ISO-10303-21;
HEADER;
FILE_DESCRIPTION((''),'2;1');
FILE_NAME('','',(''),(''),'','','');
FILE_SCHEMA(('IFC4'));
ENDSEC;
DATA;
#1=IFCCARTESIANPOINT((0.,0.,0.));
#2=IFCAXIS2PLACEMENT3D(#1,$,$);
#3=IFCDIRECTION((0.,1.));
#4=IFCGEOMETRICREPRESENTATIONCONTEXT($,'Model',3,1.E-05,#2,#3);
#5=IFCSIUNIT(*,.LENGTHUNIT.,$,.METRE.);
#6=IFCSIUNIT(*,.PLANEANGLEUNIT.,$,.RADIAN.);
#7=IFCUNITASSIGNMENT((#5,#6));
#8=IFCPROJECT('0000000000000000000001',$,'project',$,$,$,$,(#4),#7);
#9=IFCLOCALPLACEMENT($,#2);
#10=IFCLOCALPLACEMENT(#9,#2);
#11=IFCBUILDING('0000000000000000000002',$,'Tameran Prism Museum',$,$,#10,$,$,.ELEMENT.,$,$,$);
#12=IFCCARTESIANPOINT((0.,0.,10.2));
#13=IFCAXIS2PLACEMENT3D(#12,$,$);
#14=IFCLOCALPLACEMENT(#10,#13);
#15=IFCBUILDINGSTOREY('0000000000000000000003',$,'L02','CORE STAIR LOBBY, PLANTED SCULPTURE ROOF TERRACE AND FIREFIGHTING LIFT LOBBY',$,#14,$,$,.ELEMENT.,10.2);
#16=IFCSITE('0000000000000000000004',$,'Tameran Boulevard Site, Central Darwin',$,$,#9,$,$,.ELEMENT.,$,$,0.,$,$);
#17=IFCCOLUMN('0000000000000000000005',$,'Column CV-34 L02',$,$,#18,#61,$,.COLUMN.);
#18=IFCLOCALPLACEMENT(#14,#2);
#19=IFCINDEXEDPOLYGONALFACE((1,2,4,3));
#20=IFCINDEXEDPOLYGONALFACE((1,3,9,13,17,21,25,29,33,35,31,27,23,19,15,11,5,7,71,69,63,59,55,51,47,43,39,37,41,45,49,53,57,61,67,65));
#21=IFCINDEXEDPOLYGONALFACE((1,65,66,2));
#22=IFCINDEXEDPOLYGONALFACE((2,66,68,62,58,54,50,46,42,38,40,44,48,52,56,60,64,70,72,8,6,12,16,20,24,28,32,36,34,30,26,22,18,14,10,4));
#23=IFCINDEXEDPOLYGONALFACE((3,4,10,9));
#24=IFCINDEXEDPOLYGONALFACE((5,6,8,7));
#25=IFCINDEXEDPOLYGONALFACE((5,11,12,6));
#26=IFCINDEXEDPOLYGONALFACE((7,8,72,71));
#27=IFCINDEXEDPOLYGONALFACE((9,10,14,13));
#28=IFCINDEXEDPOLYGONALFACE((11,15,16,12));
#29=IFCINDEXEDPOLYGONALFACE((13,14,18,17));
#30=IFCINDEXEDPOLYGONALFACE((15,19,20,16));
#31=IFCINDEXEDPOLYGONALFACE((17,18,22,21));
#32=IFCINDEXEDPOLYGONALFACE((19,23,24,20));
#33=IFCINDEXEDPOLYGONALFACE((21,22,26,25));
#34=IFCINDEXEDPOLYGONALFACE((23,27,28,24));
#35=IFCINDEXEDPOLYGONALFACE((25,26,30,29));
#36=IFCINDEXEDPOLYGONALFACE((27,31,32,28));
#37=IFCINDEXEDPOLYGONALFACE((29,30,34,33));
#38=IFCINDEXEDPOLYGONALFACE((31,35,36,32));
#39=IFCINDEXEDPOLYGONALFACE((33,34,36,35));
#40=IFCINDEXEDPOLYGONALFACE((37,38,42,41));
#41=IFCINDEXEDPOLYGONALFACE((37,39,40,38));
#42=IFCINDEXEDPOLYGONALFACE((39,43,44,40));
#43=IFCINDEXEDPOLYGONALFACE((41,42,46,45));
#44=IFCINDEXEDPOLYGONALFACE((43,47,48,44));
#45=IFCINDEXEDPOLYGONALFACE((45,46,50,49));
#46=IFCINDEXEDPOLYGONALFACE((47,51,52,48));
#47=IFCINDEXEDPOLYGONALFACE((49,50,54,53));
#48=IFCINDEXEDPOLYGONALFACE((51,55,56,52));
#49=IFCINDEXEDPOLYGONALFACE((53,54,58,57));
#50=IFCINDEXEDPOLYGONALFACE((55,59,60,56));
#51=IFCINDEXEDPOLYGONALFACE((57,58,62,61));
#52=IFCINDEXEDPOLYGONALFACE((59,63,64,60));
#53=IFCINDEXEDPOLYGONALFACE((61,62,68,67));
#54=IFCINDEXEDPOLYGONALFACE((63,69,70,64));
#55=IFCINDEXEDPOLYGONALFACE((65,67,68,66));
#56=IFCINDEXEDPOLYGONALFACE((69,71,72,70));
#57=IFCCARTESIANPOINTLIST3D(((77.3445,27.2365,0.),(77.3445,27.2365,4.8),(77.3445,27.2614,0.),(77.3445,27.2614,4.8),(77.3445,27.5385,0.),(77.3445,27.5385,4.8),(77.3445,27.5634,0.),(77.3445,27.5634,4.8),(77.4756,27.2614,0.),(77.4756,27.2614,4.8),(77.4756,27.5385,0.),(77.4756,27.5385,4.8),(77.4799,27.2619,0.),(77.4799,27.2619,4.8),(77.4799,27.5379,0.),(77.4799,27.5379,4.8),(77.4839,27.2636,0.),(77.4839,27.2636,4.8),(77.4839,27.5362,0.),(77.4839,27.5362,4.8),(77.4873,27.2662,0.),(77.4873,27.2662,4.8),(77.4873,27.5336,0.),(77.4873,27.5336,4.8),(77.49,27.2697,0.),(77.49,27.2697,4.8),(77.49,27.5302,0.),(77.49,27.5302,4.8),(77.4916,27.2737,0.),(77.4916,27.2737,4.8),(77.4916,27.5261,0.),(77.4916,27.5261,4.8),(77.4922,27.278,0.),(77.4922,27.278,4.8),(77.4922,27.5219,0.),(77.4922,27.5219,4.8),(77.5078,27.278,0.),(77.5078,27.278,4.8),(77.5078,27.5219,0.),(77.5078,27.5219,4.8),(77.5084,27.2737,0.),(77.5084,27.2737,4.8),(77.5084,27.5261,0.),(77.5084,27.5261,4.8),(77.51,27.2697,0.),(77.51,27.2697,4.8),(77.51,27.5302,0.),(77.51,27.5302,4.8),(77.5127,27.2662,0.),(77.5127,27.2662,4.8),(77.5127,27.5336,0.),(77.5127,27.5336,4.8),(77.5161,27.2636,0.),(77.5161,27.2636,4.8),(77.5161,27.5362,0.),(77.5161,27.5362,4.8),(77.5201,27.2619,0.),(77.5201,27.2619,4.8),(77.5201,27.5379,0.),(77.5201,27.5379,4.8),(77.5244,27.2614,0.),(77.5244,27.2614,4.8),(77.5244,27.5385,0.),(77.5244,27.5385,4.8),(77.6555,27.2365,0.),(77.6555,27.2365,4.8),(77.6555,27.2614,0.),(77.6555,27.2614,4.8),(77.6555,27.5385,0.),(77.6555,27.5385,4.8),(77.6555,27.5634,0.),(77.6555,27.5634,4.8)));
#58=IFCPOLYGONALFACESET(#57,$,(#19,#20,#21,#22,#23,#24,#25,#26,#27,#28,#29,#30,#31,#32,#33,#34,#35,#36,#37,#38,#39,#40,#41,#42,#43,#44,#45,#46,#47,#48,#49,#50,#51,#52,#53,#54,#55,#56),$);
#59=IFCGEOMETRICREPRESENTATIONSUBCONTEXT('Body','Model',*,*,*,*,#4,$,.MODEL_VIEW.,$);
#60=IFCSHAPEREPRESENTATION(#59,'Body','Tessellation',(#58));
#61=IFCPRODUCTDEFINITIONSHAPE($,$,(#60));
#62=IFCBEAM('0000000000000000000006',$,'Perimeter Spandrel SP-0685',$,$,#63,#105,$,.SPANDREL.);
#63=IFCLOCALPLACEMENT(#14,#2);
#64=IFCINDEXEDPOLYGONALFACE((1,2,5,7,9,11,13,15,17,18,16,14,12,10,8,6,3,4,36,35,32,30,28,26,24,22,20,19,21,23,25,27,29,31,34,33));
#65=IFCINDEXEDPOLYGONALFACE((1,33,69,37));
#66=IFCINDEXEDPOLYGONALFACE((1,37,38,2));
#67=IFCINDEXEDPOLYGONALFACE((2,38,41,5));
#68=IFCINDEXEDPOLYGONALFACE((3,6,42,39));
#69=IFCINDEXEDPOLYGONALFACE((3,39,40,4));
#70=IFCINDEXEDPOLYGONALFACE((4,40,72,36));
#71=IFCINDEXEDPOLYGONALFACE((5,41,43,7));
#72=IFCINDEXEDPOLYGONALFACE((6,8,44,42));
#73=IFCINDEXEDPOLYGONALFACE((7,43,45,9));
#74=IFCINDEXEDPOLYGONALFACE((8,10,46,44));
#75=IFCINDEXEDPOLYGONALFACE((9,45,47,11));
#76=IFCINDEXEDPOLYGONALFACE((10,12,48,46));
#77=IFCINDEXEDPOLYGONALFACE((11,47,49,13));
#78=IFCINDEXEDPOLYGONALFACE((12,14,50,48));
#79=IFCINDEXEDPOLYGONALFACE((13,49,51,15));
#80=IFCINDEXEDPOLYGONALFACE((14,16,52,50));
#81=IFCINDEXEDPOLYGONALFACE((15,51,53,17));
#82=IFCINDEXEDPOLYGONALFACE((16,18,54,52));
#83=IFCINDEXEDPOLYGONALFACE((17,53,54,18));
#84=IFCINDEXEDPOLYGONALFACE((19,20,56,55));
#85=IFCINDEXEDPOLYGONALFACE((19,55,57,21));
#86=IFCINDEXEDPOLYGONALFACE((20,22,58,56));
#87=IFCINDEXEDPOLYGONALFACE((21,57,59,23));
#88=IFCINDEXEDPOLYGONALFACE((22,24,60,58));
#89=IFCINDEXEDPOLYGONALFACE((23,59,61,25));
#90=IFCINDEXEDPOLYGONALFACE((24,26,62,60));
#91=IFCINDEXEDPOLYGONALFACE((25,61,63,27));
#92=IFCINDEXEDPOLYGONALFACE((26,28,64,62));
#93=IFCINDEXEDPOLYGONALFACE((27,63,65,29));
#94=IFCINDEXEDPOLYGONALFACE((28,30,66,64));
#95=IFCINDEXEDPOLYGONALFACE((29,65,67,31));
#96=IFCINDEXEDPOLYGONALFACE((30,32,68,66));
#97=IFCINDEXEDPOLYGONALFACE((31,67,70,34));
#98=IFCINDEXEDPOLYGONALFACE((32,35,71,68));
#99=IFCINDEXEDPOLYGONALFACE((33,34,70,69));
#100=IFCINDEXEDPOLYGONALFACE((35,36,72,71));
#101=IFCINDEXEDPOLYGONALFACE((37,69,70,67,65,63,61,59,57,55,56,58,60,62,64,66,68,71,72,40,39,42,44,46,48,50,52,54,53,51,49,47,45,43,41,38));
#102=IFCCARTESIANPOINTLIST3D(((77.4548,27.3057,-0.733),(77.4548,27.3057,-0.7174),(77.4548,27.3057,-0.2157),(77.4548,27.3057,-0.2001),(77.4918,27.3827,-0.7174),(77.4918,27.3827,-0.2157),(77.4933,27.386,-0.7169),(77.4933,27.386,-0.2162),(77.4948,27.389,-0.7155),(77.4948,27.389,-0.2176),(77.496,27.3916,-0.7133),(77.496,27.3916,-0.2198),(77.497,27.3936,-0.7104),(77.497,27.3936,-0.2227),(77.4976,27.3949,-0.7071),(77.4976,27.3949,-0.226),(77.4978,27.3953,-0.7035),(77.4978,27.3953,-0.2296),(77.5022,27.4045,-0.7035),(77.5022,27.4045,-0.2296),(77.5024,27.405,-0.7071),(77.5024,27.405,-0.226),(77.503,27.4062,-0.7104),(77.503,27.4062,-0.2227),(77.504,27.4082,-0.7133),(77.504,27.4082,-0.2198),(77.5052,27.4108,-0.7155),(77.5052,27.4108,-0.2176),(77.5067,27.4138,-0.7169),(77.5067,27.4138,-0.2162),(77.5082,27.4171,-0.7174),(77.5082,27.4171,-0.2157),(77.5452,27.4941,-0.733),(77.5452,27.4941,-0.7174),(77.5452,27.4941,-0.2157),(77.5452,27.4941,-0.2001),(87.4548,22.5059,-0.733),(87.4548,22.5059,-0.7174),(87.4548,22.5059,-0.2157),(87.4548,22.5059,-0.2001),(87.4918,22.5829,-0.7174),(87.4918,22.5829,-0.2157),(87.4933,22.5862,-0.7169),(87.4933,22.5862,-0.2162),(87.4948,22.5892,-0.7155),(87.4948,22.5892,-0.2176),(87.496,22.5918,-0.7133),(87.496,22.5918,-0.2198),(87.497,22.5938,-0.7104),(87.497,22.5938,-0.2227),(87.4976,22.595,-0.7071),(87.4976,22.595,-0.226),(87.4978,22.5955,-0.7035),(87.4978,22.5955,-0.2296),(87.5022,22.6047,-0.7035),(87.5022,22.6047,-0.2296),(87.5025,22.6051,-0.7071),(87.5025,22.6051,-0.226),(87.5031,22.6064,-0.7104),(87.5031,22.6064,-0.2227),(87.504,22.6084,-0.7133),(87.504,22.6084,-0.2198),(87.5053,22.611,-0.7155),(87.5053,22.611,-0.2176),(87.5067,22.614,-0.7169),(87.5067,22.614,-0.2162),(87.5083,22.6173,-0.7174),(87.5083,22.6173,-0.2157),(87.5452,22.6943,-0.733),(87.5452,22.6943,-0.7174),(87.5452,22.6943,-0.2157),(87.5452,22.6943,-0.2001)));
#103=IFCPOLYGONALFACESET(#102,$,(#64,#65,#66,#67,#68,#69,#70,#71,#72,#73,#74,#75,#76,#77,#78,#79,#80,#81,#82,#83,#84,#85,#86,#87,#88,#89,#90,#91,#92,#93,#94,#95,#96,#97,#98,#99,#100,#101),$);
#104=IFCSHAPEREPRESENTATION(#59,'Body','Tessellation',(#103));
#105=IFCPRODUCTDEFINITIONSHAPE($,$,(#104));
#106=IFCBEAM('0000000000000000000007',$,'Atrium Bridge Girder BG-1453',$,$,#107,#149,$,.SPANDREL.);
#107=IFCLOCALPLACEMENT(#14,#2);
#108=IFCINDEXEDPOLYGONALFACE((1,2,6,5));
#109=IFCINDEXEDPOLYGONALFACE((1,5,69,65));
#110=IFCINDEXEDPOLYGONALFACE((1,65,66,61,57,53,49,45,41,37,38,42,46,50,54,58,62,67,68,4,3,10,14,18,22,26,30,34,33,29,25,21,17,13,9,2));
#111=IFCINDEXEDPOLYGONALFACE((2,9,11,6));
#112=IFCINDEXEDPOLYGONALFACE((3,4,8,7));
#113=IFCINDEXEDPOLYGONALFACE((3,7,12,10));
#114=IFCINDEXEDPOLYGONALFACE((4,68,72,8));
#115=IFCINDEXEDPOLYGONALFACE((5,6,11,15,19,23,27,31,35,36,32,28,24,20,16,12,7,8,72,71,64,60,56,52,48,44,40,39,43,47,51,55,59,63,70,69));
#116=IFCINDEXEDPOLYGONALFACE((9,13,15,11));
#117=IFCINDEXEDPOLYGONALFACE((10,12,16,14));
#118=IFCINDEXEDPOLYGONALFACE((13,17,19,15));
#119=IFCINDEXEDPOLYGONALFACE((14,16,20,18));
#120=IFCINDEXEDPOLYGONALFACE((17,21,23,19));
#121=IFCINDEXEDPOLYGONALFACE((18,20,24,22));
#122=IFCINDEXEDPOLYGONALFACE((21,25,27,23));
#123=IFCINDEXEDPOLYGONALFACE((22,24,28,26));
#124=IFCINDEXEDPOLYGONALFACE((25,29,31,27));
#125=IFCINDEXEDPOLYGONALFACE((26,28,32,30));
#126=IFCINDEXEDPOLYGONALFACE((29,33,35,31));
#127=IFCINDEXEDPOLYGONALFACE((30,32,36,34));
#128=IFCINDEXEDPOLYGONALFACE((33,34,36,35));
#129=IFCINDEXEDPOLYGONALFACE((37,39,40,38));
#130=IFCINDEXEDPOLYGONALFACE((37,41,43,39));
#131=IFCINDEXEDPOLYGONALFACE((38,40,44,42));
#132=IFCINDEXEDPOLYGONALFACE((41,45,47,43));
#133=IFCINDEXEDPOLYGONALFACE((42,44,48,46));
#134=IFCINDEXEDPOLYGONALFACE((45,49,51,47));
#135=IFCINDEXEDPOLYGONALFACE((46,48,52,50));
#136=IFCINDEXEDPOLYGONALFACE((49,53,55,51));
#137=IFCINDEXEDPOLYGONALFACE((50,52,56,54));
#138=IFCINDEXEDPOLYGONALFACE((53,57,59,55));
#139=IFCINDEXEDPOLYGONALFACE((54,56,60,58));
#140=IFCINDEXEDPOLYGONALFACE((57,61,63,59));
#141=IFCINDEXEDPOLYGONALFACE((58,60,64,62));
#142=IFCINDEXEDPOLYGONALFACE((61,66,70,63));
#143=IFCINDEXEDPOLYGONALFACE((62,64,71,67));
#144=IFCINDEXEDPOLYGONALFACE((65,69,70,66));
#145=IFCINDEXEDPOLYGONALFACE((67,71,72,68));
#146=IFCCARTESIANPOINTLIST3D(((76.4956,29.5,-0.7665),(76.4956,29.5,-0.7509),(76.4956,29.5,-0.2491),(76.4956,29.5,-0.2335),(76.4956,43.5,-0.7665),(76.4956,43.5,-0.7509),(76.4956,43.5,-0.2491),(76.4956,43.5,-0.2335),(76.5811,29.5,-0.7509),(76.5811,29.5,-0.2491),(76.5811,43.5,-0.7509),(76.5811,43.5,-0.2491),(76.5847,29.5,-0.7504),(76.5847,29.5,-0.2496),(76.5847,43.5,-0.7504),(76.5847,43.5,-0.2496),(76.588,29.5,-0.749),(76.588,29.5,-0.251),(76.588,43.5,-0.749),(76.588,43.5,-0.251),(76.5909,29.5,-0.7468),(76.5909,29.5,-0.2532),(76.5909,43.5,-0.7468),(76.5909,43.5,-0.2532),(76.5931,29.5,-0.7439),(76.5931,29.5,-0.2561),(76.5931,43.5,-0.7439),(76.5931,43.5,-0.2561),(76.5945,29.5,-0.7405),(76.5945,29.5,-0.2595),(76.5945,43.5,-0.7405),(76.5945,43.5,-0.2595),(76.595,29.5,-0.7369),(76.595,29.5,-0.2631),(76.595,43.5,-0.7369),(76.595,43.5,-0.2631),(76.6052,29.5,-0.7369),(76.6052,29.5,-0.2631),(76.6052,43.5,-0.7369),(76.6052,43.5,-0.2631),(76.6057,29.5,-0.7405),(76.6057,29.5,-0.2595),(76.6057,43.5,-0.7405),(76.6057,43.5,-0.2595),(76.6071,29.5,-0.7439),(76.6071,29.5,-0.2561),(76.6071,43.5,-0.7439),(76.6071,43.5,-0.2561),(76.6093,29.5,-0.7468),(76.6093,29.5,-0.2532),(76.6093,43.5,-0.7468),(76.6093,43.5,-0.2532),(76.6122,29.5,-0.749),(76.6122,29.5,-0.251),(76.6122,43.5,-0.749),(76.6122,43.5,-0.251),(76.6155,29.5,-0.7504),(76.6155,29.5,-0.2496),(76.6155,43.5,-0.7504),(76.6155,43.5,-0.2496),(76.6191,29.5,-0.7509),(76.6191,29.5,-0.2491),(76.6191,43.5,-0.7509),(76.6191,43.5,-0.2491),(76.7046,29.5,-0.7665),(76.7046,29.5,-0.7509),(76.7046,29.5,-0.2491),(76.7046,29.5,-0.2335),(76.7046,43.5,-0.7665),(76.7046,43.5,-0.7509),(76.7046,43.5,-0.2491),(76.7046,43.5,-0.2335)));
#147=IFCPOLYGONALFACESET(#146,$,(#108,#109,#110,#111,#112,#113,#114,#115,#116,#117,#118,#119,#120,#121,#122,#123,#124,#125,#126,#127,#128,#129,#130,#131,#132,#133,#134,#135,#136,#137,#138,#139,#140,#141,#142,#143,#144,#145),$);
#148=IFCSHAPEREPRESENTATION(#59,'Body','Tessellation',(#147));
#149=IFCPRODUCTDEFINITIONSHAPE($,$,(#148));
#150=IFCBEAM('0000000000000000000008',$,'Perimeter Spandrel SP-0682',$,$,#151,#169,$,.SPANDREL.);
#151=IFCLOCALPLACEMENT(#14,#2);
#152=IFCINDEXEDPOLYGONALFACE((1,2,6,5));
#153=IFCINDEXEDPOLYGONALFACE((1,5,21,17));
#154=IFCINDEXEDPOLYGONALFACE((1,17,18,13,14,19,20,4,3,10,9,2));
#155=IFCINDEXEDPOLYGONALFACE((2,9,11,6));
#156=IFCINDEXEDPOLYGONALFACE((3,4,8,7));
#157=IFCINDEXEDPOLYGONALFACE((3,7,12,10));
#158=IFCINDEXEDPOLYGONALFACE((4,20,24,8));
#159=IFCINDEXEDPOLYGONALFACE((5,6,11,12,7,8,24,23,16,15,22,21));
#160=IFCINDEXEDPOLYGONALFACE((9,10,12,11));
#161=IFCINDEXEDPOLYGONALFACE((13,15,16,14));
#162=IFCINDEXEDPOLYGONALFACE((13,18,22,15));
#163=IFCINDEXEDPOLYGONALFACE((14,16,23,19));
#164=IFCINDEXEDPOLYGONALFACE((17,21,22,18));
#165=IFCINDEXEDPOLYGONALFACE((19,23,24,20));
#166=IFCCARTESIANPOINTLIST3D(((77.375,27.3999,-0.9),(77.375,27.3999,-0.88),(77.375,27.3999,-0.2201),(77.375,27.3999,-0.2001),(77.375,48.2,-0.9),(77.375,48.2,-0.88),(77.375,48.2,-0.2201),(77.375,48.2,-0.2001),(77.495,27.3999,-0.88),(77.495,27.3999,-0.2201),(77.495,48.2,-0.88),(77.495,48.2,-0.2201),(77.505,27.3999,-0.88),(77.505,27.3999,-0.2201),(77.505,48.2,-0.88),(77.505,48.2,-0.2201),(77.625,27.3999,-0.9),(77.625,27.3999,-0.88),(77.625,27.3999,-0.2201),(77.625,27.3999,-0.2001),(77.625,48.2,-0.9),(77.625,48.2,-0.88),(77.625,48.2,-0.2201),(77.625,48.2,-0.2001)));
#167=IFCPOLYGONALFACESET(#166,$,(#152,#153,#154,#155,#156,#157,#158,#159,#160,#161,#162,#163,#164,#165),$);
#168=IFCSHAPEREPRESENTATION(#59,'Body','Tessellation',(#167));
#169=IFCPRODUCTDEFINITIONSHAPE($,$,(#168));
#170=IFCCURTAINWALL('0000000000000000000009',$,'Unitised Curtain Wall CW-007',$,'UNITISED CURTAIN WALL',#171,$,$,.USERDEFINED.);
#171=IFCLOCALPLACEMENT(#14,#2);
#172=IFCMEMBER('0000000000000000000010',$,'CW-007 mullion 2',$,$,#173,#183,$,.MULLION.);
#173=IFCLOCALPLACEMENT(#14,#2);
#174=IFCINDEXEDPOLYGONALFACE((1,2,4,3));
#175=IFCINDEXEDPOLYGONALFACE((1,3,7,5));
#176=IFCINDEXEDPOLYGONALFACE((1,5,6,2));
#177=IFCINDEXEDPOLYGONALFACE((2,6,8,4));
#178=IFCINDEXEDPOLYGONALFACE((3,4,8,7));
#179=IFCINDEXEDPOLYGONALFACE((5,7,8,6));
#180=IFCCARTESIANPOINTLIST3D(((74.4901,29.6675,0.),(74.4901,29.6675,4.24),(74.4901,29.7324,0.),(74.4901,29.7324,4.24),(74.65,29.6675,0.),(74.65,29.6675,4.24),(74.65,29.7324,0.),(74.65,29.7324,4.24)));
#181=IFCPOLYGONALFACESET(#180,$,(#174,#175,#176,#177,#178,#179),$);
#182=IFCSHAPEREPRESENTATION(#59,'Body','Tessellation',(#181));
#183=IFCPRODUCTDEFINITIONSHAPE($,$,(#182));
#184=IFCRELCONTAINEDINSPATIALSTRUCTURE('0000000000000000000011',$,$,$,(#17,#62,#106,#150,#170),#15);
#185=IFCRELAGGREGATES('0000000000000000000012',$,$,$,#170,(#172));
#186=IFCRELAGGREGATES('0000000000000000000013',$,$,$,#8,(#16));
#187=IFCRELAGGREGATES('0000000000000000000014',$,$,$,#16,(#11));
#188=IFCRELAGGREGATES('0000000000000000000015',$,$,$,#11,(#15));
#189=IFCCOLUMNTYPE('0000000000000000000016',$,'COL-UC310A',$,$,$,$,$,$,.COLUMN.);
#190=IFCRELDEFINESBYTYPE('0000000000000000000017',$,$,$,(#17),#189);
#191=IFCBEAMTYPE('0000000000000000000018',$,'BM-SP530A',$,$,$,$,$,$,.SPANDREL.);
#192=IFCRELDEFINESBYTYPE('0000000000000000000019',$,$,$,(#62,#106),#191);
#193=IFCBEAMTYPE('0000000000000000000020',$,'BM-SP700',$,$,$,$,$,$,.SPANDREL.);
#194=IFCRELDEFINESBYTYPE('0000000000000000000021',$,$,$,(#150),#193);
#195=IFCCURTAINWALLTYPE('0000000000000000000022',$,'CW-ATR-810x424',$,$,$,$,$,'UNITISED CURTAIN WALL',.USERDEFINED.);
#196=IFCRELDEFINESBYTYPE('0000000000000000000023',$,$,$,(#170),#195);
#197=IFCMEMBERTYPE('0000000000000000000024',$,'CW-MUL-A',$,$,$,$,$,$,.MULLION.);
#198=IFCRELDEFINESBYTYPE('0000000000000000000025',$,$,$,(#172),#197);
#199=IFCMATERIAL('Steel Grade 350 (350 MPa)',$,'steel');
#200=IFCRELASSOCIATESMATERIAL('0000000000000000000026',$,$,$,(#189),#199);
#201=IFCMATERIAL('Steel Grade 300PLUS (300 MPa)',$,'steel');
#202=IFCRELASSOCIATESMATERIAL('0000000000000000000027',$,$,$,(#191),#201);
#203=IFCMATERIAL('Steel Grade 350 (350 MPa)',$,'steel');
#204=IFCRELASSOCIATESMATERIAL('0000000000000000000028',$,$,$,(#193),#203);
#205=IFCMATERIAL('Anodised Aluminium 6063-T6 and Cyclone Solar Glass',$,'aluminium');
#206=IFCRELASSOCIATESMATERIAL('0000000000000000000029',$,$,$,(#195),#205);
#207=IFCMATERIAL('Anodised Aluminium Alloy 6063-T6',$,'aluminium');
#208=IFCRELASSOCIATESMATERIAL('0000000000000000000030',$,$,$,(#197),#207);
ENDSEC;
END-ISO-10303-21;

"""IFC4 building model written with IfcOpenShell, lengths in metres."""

from ifc_helpers import new_model, si_unit, direction, frame, origin, origin_2d, place, context, subcontext, project, spatial, rectangle, i_section, extrude, material, material_profile, profile_set, type_object, element, aggregate, save


model = new_model("IFC4")

# Units and contexts
model_context = context("Model", 3, precision=1e-05, world=origin(), true_north=direction((0.0, 1.0)))
body_context = subcontext(model_context, "Body", "Model", "MODEL_VIEW")
ifc_project = project(units=[si_unit("LENGTHUNIT", "METRE"), si_unit("PLANEANGLEUNIT", "RADIAN")], contexts=[model_context])

# Site, building, storey
site_placement = place(None, origin())
site = spatial("IfcSite", under=ifc_project, at=site_placement, Name="Tameran Boulevard Site, Central Darwin", CompositionType="ELEMENT", RefElevation=0.0)
building_placement = place(site_placement, origin())
building = spatial("IfcBuilding", under=site, at=building_placement, Name="Tameran Prism Museum", CompositionType="ELEMENT")
storey_placement = place(building_placement, frame((0.0, 0.0, 10.2)))
storey = spatial("IfcBuildingStorey", under=building, at=storey_placement, Name="L02", Description="CORE STAIR LOBBY, PLANTED SCULPTURE ROOF TERRACE AND FIREFIGHTING LIFT LOBBY", CompositionType="ELEMENT", Elevation=10.2)

# Column
ifc_material_1 = material(Name="Steel Grade 350 (350 MPa)", Category="steel")
ifc_material_profile_1 = material_profile(ifc_material_1, i_section(OverallWidth=0.311, OverallDepth=0.3269, WebThickness=0.0156, FlangeThickness=0.0249, FilletRadius=0.0166, at=origin_2d()))
ifc_profile_set_1 = profile_set([ifc_material_profile_1])
column_type = type_object("IfcColumnType", Name="COL-UC310A", PredefinedType="COLUMN", material=ifc_profile_set_1)
column_placement = place(storey_placement, frame((77.5, 27.3999, 0.0), z_axis=(0.0, 0.0, 1.0), x_axis=(1.0, 0.0, 0.0)))
element("IfcColumn", 1, at=column_placement, inside=storey, type_object=column_type, Name="Column CV-34 L02", PredefinedType="COLUMN", context=body_context, shape_type="SweptSolid", body=[
    extrude(i_section(OverallWidth=0.311, OverallDepth=0.3269, WebThickness=0.0156, FlangeThickness=0.0249, FilletRadius=0.0166, at=origin_2d()), origin(), (0.0, 0.0, 1.0), 4.8),
])

# Beams
ifc_material_2 = material(Name="Steel Grade 300PLUS (300 MPa)", Category="steel")
ifc_material_profile_2 = material_profile(ifc_material_2, i_section(OverallWidth=0.209, OverallDepth=0.533, WebThickness=0.0103, FlangeThickness=0.0156, FilletRadius=0.0139, at=origin_2d()))
ifc_profile_set_2 = profile_set([ifc_material_profile_2])
beam_type_1 = type_object("IfcBeamType", Name="BM-SP530A", PredefinedType="SPANDREL", material=ifc_profile_set_2)
beam_1_placement = place(storey_placement, frame((77.5, 27.3999, -0.4666), z_axis=(0.90153, -0.432717, 0.0), x_axis=(0.432717, 0.90153, 0.0)))
element("IfcBeam", 2, at=beam_1_placement, inside=storey, type_object=beam_type_1, Name="Perimeter Spandrel SP-0685", PredefinedType="SPANDREL", context=body_context, shape_type="SweptSolid", body=[
    extrude(i_section(OverallWidth=0.209, OverallDepth=0.533, WebThickness=0.0103, FlangeThickness=0.0156, FilletRadius=0.0139, at=origin_2d()), origin(), (0.0, 0.0, 1.0), 11.0923),
])
beam_2_placement = place(storey_placement, frame((76.6001, 29.5, -0.5), z_axis=(0.0, 1.0, 0.0), x_axis=(-1.0, 0.0, 0.0)))
element("IfcBeam", 3, at=beam_2_placement, inside=storey, type_object=beam_type_1, Name="Atrium Bridge Girder BG-1453", PredefinedType="SPANDREL", context=body_context, shape_type="SweptSolid", body=[
    extrude(i_section(OverallWidth=0.209, OverallDepth=0.533, WebThickness=0.0103, FlangeThickness=0.0156, FilletRadius=0.0139, at=origin_2d()), origin(), (0.0, 0.0, 1.0), 14.0),
])
ifc_material_3 = material(Name="Steel Grade 350 (350 MPa)", Category="steel")
ifc_material_profile_3 = material_profile(ifc_material_3, i_section(OverallWidth=0.25, OverallDepth=0.7, WebThickness=0.01, FlangeThickness=0.02, at=origin_2d()))
ifc_profile_set_3 = profile_set([ifc_material_profile_3])
beam_type_2 = type_object("IfcBeamType", Name="BM-SP700", PredefinedType="SPANDREL", material=ifc_profile_set_3)
beam_3_placement = place(storey_placement, frame((77.5, 27.3999, -0.55), z_axis=(0.0, 1.0, 0.0), x_axis=(-1.0, 0.0, 0.0)))
element("IfcBeam", 4, at=beam_3_placement, inside=storey, type_object=beam_type_2, Name="Perimeter Spandrel SP-0682", PredefinedType="SPANDREL", context=body_context, shape_type="SweptSolid", body=[
    extrude(i_section(OverallWidth=0.25, OverallDepth=0.7, WebThickness=0.01, FlangeThickness=0.02, at=origin_2d()), origin(), (0.0, 0.0, 1.0), 20.8),
])

# Curtain wall, member
ifc_material_4 = material(Name="Anodised Aluminium 6063-T6 and Cyclone Solar Glass", Category="aluminium")
curtain_wall_type = type_object("IfcCurtainWallType", Name="CW-ATR-810x424", ElementType="UNITISED CURTAIN WALL", PredefinedType="USERDEFINED", material=ifc_material_4)
curtain_wall_placement = place(storey_placement, origin())
curtain_wall = element("IfcCurtainWall", 5, at=curtain_wall_placement, inside=storey, type_object=curtain_wall_type, Name="Unitised Curtain Wall CW-007", ObjectType="UNITISED CURTAIN WALL", PredefinedType="USERDEFINED")
ifc_material_5 = material(Name="Anodised Aluminium Alloy 6063-T6", Category="aluminium")
ifc_material_profile_4 = material_profile(ifc_material_5, rectangle(XDim=0.0649, YDim=0.1599, at=origin_2d()))
ifc_profile_set_4 = profile_set([ifc_material_profile_4])
member_type_1 = type_object("IfcMemberType", Name="CW-MUL-A", PredefinedType="MULLION", material=ifc_profile_set_4)
member_1_placement = place(storey_placement, frame((74.5701, 29.7, 0.0), z_axis=(0.0, 0.0, 1.0), x_axis=(0.0, 1.0, 0.0)))
member_1 = element("IfcMember", 6, at=member_1_placement, type_object=member_type_1, Name="CW-007 mullion 2", PredefinedType="MULLION", context=body_context, shape_type="SweptSolid", body=[
    extrude(rectangle(XDim=0.0649, YDim=0.1599, at=origin_2d()), origin(), (0.0, 0.0, 1.0), 4.24),
])
aggregate(curtain_wall, [member_1])

save(model, "model.ifc")
